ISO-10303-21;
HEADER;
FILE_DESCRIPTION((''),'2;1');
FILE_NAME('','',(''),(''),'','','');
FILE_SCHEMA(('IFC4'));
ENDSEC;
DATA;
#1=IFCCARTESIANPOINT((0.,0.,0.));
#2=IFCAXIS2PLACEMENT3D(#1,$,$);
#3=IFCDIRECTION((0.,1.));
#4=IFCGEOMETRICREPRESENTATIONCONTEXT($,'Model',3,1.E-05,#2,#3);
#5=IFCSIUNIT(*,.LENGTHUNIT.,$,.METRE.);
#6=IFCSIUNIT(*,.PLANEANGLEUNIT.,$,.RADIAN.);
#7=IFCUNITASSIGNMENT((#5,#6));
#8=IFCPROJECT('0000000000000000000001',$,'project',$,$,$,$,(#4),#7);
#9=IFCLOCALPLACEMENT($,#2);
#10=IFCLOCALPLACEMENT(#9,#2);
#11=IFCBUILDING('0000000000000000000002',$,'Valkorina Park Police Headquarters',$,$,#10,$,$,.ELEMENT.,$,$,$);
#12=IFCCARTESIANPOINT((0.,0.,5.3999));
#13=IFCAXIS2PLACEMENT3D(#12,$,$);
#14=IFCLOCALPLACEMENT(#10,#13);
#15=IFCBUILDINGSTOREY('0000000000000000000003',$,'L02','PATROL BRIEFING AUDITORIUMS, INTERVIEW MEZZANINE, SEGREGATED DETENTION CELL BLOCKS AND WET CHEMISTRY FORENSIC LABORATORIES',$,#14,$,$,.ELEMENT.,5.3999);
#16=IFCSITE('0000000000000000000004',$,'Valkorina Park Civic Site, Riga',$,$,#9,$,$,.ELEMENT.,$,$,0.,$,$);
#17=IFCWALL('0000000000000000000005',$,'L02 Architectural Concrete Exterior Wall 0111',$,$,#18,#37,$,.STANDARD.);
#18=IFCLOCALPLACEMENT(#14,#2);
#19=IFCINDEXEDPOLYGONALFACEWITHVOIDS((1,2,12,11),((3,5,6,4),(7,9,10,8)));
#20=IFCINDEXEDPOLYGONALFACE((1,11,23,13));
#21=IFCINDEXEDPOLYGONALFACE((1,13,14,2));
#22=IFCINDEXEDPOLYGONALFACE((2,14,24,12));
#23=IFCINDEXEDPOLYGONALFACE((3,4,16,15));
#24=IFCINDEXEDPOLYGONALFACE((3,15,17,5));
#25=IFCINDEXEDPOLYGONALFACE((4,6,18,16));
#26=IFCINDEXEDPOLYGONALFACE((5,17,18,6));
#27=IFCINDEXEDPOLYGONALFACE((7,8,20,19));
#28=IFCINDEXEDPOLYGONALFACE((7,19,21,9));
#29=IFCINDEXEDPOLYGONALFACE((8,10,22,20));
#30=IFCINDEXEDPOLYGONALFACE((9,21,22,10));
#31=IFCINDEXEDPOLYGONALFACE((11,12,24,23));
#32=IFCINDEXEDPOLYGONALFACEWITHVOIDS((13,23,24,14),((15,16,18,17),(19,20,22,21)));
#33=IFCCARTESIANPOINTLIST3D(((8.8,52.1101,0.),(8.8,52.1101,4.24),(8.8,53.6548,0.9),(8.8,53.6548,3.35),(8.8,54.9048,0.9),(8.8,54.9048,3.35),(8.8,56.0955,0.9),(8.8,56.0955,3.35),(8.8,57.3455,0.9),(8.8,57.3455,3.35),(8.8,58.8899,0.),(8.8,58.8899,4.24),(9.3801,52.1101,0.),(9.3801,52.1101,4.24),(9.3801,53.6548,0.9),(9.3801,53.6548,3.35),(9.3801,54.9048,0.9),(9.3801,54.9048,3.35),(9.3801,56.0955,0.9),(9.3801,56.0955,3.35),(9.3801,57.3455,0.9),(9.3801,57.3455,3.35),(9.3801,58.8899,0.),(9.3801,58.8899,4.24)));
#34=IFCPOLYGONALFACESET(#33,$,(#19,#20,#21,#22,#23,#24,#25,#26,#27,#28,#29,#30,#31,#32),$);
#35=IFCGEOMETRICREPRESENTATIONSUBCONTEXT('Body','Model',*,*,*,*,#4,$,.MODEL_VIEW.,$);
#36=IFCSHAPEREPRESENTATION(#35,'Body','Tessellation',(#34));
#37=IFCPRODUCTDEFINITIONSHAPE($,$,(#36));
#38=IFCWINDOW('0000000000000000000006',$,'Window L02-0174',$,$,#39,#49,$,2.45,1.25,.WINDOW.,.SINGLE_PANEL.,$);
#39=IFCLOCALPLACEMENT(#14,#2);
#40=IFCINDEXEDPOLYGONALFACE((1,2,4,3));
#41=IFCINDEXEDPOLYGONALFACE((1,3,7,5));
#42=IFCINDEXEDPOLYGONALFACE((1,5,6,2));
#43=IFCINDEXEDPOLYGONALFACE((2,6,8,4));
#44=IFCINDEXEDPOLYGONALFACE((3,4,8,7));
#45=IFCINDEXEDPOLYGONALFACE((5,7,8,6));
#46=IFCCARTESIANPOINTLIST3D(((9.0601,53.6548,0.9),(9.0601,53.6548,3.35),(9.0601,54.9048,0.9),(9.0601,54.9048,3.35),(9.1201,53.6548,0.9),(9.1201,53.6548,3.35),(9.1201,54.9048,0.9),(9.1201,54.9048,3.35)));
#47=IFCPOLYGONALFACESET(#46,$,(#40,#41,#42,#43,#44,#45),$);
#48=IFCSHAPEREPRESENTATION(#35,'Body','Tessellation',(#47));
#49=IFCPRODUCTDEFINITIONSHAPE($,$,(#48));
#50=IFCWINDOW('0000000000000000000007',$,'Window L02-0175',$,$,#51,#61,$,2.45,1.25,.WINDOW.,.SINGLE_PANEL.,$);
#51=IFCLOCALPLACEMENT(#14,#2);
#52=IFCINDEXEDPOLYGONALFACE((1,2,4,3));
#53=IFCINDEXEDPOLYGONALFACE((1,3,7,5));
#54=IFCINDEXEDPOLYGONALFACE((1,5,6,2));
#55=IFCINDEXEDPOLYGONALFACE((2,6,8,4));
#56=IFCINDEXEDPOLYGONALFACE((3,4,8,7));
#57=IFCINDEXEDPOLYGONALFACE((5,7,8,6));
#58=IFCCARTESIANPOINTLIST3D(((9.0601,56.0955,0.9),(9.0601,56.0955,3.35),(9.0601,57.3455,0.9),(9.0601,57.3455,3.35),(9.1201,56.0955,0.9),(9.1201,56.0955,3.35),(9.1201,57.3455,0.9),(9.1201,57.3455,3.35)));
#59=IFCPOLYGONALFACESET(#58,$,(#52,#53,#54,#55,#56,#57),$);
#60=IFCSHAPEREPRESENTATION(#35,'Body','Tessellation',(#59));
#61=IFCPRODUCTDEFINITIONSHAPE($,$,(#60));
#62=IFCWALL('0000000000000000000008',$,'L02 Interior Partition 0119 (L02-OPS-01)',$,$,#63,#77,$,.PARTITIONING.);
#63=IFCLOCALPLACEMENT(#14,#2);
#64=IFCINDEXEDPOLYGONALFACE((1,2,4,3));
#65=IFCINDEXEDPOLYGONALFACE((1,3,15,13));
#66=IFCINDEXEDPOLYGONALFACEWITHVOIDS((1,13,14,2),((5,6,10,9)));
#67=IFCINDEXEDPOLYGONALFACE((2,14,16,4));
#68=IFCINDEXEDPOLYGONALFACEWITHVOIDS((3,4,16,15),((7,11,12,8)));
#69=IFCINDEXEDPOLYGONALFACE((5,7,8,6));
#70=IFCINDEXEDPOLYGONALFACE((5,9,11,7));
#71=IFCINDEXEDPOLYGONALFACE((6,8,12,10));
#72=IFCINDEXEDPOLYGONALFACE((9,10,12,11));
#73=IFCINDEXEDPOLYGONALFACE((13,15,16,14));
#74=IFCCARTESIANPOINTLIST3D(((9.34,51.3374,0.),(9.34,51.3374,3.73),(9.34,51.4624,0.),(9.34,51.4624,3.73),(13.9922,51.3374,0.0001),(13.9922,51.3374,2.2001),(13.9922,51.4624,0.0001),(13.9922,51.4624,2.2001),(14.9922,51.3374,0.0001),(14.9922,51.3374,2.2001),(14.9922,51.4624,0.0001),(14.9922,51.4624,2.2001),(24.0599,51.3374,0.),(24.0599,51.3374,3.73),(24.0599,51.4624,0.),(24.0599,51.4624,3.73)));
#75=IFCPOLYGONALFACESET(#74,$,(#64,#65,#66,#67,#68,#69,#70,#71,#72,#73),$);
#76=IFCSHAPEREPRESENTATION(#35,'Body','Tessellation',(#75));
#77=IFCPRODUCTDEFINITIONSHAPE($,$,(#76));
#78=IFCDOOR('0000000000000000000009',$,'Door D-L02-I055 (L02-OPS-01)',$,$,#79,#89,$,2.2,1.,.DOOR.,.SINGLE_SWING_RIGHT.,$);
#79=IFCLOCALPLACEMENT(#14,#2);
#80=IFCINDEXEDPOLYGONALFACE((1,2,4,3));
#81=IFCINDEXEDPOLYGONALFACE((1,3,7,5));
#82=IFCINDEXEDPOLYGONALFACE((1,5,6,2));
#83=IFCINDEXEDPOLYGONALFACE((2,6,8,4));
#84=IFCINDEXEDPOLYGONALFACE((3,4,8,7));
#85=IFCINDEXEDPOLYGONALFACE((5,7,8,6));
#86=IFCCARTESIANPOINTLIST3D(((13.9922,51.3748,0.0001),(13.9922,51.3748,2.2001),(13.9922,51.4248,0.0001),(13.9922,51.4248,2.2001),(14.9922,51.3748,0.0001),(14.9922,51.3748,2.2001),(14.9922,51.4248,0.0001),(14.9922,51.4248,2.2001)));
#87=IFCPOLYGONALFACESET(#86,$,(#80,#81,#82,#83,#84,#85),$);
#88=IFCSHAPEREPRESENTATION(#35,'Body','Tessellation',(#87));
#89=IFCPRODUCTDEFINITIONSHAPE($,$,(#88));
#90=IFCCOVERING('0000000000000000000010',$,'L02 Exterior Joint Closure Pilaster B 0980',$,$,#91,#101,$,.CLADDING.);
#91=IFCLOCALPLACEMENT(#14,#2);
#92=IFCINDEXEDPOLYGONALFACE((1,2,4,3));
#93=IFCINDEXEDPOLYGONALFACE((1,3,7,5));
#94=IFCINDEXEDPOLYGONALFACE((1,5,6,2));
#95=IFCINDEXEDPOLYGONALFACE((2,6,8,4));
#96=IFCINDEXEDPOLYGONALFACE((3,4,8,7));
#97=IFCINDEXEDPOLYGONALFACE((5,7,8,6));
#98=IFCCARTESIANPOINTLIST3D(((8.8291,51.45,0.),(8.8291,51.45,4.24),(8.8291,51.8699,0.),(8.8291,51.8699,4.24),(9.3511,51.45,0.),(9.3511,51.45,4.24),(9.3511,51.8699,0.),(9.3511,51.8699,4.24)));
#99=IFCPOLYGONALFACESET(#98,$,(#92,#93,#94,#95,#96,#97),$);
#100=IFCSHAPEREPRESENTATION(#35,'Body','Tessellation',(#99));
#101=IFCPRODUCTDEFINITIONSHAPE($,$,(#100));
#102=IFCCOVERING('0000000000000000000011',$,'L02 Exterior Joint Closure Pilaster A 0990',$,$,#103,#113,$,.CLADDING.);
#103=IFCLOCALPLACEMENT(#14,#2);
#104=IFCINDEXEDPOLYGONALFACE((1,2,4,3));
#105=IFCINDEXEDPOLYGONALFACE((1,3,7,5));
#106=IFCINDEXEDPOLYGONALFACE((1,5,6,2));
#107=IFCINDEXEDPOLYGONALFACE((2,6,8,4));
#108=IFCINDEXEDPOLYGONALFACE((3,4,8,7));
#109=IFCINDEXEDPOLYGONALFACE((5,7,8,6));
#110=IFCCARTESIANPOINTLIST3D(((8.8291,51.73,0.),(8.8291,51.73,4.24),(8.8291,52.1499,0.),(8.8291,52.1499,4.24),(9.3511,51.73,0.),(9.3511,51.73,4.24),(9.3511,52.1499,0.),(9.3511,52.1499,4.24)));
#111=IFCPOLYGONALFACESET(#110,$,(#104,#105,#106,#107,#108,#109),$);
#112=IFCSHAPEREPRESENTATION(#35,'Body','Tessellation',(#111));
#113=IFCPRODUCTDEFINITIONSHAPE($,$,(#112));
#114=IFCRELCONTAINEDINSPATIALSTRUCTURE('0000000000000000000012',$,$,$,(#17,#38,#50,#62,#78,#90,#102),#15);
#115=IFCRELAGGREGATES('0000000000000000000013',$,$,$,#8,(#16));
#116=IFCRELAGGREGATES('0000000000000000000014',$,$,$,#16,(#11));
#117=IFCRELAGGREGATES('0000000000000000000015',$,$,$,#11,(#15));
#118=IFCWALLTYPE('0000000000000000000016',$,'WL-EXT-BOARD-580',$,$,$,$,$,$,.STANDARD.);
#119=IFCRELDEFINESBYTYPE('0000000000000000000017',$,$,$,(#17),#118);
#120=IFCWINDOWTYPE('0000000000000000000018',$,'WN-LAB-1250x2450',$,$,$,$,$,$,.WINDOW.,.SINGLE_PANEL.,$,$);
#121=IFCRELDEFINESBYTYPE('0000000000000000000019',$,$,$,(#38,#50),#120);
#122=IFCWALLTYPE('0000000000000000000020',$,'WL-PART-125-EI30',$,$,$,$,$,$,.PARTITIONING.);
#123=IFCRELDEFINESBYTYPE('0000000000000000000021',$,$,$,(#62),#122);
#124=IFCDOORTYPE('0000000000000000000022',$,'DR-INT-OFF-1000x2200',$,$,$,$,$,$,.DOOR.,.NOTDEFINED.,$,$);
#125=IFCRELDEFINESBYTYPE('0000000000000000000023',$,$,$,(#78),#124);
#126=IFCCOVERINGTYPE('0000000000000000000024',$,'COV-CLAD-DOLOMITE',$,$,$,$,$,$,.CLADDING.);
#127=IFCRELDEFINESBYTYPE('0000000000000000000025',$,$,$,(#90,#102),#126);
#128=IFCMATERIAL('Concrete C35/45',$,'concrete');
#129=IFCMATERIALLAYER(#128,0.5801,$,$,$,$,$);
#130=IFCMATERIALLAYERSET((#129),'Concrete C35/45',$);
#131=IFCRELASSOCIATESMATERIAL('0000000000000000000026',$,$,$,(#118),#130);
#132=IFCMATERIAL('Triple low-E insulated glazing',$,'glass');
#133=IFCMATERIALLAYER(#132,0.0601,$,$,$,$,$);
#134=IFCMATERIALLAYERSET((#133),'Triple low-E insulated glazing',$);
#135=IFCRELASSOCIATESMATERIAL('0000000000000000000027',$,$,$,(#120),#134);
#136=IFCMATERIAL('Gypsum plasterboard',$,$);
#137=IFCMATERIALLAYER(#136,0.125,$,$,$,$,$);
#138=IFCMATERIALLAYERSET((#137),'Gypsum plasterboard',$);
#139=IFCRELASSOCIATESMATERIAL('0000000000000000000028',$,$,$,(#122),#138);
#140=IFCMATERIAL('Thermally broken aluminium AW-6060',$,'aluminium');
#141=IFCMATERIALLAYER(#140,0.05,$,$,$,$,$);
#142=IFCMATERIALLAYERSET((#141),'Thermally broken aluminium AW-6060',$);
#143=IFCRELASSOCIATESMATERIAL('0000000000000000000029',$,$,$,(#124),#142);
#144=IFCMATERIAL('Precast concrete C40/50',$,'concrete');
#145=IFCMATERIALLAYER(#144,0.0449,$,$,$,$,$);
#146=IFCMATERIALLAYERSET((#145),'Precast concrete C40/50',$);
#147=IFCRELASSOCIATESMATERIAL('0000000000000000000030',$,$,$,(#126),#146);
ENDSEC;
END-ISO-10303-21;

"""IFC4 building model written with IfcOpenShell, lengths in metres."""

from ifc_helpers import new_model, si_unit, direction, frame, frame_2d, origin, origin_2d, place, context, subcontext, project, spatial, rectangle, extrude, material, layer, layer_set, type_object, element, fill, save


model = new_model("IFC4")

# Units and contexts
model_context = context("Model", 3, precision=1e-05, world=origin(), true_north=direction((0.0, 1.0)))
body_context = subcontext(model_context, "Body", "Model", "MODEL_VIEW")
ifc_project = project(units=[si_unit("LENGTHUNIT", "METRE"), si_unit("PLANEANGLEUNIT", "RADIAN")], contexts=[model_context])

# Site, building, storey
site_placement = place(None, origin())
site = spatial("IfcSite", under=ifc_project, at=site_placement, Name="Valkorina Park Civic Site, Riga", CompositionType="ELEMENT", RefElevation=0.0)
building_placement = place(site_placement, origin())
building = spatial("IfcBuilding", under=site, at=building_placement, Name="Valkorina Park Police Headquarters", CompositionType="ELEMENT")
storey_placement = place(building_placement, frame((0.0, 0.0, 5.3999)))
storey = spatial("IfcBuildingStorey", under=building, at=storey_placement, Name="L02", Description="PATROL BRIEFING AUDITORIUMS, INTERVIEW MEZZANINE, SEGREGATED DETENTION CELL BLOCKS AND WET CHEMISTRY FORENSIC LABORATORIES", CompositionType="ELEMENT", Elevation=5.3999)

# Wall, openings, windows
ifc_material_1 = material(Name="Concrete C35/45", Category="concrete")
ifc_layer_1 = layer(ifc_material_1, 0.5801)
ifc_layer_set_1 = layer_set([ifc_layer_1], Name="Concrete C35/45")
wall_type_1 = type_object("IfcWallType", Name="WL-EXT-BOARD-580", PredefinedType="STANDARD", material=ifc_layer_set_1)
ifc_material_2 = material(Name="Triple low-E insulated glazing", Category="glass")
wall_1_placement = place(storey_placement, frame((9.0901, 52.1101, 0.0), z_axis=(0.0, 0.0, 1.0), x_axis=(0.0, 1.0, 0.0)))
wall_1 = element("IfcWall", 1, at=wall_1_placement, inside=storey, type_object=wall_type_1, Name="L02 Architectural Concrete Exterior Wall 0111", PredefinedType="STANDARD", context=body_context, shape_type="SweptSolid", body=[
    extrude(rectangle(XDim=6.7798, YDim=0.5801, at=frame_2d((3.3899, 0.0))), origin(), (0.0, 0.0, 1.0), 4.24),
])
opening_1_placement = place(wall_1_placement, frame((1.5447, 0.0, 0.8999)))
opening_1 = element("IfcOpeningElement", 2, at=opening_1_placement, cuts=wall_1, PredefinedType="OPENING", context=body_context, shape_type="SweptSolid", body=[
    extrude(rectangle(XDim=1.25, YDim=2.45, at=frame_2d((0.625, 1.2251))), frame((0.0, 0.3, 0.0), z_axis=(0.0, -1.0, 0.0), x_axis=(1.0, 0.0, 0.0)), (0.0, 0.0, 1.0), 0.6001),
])
opening_2_placement = place(wall_1_placement, frame((3.9854, 0.0, 0.8999)))
opening_2 = element("IfcOpeningElement", 3, at=opening_2_placement, cuts=wall_1, PredefinedType="OPENING", context=body_context, shape_type="SweptSolid", body=[
    extrude(rectangle(XDim=1.25, YDim=2.45, at=frame_2d((0.625, 1.2251))), frame((0.0, 0.3, 0.0), z_axis=(0.0, -1.0, 0.0), x_axis=(1.0, 0.0, 0.0)), (0.0, 0.0, 1.0), 0.6001),
])
ifc_layer_2 = layer(ifc_material_2, 0.0601)
ifc_layer_set_2 = layer_set([ifc_layer_2], Name="Triple low-E insulated glazing")
window_type_1 = type_object("IfcWindowType", Name="WN-LAB-1250x2450", PartitioningType="SINGLE_PANEL", PredefinedType="WINDOW", material=ifc_layer_set_2)
window_1_placement = place(opening_1_placement, origin())
window_1 = element("IfcWindow", 4, at=window_1_placement, inside=storey, type_object=window_type_1, Name="Window L02-0174", OverallHeight=2.45, OverallWidth=1.25, PartitioningType="SINGLE_PANEL", PredefinedType="WINDOW", context=body_context, shape_type="SweptSolid", body=[
    extrude(rectangle(XDim=1.25, YDim=2.45, at=frame_2d((0.625, 1.2251))), frame((0.0, 0.03, 0.0), z_axis=(0.0, -1.0, 0.0), x_axis=(1.0, 0.0, 0.0)), (0.0, 0.0, 1.0), 0.0601),
])
fill(opening_1, window_1)
window_2_placement = place(opening_2_placement, origin())
window_2 = element("IfcWindow", 5, at=window_2_placement, inside=storey, type_object=window_type_1, Name="Window L02-0175", OverallHeight=2.45, OverallWidth=1.25, PartitioningType="SINGLE_PANEL", PredefinedType="WINDOW", context=body_context, shape_type="SweptSolid", body=[
    extrude(rectangle(XDim=1.25, YDim=2.45, at=frame_2d((0.625, 1.2251))), frame((0.0, 0.03, 0.0), z_axis=(0.0, -1.0, 0.0), x_axis=(1.0, 0.0, 0.0)), (0.0, 0.0, 1.0), 0.0601),
])
fill(opening_2, window_2)

# Wall, opening, door
ifc_material_3 = material(Name="Gypsum plasterboard")
ifc_layer_3 = layer(ifc_material_3, 0.125)
ifc_layer_set_3 = layer_set([ifc_layer_3], Name="Gypsum plasterboard")
wall_type_2 = type_object("IfcWallType", Name="WL-PART-125-EI30", PredefinedType="PARTITIONING", material=ifc_layer_set_3)
wall_2_placement = place(storey_placement, frame((9.3401, 51.3999, 0.0), z_axis=(0.0, 0.0, 1.0), x_axis=(1.0, 0.0, 0.0)))
wall_2 = element("IfcWall", 6, at=wall_2_placement, inside=storey, type_object=wall_type_2, Name="L02 Interior Partition 0119 (L02-OPS-01)", PredefinedType="PARTITIONING", context=body_context, shape_type="SweptSolid", body=[
    extrude(rectangle(XDim=14.72, YDim=0.125, at=frame_2d((7.3599, 0.0))), origin(), (0.0, 0.0, 1.0), 3.73),
])
opening_3_placement = place(wall_2_placement, frame((4.6521, 0.0, 0.0)))
opening_3 = element("IfcOpeningElement", 7, at=opening_3_placement, cuts=wall_2, PredefinedType="OPENING", context=body_context, shape_type="SweptSolid", body=[
    extrude(rectangle(XDim=1.0, YDim=2.2, at=frame_2d((0.5, 1.1001))), frame((0.0, 0.0725, 0.0), z_axis=(0.0, -1.0, 0.0), x_axis=(1.0, 0.0, 0.0)), (0.0, 0.0, 1.0), 0.145),
])
ifc_material_4 = material(Name="Thermally broken aluminium AW-6060", Category="aluminium")
ifc_layer_4 = layer(ifc_material_4, 0.05)
ifc_layer_set_4 = layer_set([ifc_layer_4], Name="Thermally broken aluminium AW-6060")
door_type = type_object("IfcDoorType", Name="DR-INT-OFF-1000x2200", OperationType="NOTDEFINED", PredefinedType="DOOR", material=ifc_layer_set_4)
door_placement = place(opening_3_placement, origin())
door = element("IfcDoor", 8, at=door_placement, inside=storey, type_object=door_type, Name="Door D-L02-I055 (L02-OPS-01)", OperationType="SINGLE_SWING_RIGHT", OverallHeight=2.2, OverallWidth=1.0, PredefinedType="DOOR", context=body_context, shape_type="SweptSolid", body=[
    extrude(rectangle(XDim=1.0, YDim=2.2, at=frame_2d((0.5, 1.1001))), frame((0.0, 0.0249, 0.0), z_axis=(0.0, -1.0, 0.0), x_axis=(1.0, 0.0, 0.0)), (0.0, 0.0, 1.0), 0.05),
])
fill(opening_3, door)

# Coverings
ifc_material_5 = material(Name="Precast concrete C40/50", Category="concrete")
ifc_layer_5 = layer(ifc_material_5, 0.0449)
ifc_layer_set_5 = layer_set([ifc_layer_5], Name="Precast concrete C40/50")
covering_type = type_object("IfcCoveringType", Name="COV-CLAD-DOLOMITE", PredefinedType="CLADDING", material=ifc_layer_set_5)
for number, where, z_axis, x_axis, name in (
    (9, (9.0901, 51.6599, 0.0), (0.0, 0.0, 1.0), (0.0, 1.0, 0.0), "L02 Exterior Joint Closure Pilaster B 0980"),
    (10, (9.0901, 51.9399, 0.0), (0.0, 0.0, 1.0), (0.0, 1.0, 0.0), "L02 Exterior Joint Closure Pilaster A 0990"),
):
    element("IfcCovering", number, at=place(storey_placement, frame(where, z_axis=z_axis, x_axis=x_axis)), inside=storey, type_object=covering_type, Name=name, PredefinedType="CLADDING", context=body_context, shape_type="SweptSolid", body=[
        extrude(rectangle(XDim=0.4199, YDim=0.522, at=origin_2d()), origin(), (0.0, 0.0, 1.0), 4.24),
    ])

save(model, "model.ifc")
